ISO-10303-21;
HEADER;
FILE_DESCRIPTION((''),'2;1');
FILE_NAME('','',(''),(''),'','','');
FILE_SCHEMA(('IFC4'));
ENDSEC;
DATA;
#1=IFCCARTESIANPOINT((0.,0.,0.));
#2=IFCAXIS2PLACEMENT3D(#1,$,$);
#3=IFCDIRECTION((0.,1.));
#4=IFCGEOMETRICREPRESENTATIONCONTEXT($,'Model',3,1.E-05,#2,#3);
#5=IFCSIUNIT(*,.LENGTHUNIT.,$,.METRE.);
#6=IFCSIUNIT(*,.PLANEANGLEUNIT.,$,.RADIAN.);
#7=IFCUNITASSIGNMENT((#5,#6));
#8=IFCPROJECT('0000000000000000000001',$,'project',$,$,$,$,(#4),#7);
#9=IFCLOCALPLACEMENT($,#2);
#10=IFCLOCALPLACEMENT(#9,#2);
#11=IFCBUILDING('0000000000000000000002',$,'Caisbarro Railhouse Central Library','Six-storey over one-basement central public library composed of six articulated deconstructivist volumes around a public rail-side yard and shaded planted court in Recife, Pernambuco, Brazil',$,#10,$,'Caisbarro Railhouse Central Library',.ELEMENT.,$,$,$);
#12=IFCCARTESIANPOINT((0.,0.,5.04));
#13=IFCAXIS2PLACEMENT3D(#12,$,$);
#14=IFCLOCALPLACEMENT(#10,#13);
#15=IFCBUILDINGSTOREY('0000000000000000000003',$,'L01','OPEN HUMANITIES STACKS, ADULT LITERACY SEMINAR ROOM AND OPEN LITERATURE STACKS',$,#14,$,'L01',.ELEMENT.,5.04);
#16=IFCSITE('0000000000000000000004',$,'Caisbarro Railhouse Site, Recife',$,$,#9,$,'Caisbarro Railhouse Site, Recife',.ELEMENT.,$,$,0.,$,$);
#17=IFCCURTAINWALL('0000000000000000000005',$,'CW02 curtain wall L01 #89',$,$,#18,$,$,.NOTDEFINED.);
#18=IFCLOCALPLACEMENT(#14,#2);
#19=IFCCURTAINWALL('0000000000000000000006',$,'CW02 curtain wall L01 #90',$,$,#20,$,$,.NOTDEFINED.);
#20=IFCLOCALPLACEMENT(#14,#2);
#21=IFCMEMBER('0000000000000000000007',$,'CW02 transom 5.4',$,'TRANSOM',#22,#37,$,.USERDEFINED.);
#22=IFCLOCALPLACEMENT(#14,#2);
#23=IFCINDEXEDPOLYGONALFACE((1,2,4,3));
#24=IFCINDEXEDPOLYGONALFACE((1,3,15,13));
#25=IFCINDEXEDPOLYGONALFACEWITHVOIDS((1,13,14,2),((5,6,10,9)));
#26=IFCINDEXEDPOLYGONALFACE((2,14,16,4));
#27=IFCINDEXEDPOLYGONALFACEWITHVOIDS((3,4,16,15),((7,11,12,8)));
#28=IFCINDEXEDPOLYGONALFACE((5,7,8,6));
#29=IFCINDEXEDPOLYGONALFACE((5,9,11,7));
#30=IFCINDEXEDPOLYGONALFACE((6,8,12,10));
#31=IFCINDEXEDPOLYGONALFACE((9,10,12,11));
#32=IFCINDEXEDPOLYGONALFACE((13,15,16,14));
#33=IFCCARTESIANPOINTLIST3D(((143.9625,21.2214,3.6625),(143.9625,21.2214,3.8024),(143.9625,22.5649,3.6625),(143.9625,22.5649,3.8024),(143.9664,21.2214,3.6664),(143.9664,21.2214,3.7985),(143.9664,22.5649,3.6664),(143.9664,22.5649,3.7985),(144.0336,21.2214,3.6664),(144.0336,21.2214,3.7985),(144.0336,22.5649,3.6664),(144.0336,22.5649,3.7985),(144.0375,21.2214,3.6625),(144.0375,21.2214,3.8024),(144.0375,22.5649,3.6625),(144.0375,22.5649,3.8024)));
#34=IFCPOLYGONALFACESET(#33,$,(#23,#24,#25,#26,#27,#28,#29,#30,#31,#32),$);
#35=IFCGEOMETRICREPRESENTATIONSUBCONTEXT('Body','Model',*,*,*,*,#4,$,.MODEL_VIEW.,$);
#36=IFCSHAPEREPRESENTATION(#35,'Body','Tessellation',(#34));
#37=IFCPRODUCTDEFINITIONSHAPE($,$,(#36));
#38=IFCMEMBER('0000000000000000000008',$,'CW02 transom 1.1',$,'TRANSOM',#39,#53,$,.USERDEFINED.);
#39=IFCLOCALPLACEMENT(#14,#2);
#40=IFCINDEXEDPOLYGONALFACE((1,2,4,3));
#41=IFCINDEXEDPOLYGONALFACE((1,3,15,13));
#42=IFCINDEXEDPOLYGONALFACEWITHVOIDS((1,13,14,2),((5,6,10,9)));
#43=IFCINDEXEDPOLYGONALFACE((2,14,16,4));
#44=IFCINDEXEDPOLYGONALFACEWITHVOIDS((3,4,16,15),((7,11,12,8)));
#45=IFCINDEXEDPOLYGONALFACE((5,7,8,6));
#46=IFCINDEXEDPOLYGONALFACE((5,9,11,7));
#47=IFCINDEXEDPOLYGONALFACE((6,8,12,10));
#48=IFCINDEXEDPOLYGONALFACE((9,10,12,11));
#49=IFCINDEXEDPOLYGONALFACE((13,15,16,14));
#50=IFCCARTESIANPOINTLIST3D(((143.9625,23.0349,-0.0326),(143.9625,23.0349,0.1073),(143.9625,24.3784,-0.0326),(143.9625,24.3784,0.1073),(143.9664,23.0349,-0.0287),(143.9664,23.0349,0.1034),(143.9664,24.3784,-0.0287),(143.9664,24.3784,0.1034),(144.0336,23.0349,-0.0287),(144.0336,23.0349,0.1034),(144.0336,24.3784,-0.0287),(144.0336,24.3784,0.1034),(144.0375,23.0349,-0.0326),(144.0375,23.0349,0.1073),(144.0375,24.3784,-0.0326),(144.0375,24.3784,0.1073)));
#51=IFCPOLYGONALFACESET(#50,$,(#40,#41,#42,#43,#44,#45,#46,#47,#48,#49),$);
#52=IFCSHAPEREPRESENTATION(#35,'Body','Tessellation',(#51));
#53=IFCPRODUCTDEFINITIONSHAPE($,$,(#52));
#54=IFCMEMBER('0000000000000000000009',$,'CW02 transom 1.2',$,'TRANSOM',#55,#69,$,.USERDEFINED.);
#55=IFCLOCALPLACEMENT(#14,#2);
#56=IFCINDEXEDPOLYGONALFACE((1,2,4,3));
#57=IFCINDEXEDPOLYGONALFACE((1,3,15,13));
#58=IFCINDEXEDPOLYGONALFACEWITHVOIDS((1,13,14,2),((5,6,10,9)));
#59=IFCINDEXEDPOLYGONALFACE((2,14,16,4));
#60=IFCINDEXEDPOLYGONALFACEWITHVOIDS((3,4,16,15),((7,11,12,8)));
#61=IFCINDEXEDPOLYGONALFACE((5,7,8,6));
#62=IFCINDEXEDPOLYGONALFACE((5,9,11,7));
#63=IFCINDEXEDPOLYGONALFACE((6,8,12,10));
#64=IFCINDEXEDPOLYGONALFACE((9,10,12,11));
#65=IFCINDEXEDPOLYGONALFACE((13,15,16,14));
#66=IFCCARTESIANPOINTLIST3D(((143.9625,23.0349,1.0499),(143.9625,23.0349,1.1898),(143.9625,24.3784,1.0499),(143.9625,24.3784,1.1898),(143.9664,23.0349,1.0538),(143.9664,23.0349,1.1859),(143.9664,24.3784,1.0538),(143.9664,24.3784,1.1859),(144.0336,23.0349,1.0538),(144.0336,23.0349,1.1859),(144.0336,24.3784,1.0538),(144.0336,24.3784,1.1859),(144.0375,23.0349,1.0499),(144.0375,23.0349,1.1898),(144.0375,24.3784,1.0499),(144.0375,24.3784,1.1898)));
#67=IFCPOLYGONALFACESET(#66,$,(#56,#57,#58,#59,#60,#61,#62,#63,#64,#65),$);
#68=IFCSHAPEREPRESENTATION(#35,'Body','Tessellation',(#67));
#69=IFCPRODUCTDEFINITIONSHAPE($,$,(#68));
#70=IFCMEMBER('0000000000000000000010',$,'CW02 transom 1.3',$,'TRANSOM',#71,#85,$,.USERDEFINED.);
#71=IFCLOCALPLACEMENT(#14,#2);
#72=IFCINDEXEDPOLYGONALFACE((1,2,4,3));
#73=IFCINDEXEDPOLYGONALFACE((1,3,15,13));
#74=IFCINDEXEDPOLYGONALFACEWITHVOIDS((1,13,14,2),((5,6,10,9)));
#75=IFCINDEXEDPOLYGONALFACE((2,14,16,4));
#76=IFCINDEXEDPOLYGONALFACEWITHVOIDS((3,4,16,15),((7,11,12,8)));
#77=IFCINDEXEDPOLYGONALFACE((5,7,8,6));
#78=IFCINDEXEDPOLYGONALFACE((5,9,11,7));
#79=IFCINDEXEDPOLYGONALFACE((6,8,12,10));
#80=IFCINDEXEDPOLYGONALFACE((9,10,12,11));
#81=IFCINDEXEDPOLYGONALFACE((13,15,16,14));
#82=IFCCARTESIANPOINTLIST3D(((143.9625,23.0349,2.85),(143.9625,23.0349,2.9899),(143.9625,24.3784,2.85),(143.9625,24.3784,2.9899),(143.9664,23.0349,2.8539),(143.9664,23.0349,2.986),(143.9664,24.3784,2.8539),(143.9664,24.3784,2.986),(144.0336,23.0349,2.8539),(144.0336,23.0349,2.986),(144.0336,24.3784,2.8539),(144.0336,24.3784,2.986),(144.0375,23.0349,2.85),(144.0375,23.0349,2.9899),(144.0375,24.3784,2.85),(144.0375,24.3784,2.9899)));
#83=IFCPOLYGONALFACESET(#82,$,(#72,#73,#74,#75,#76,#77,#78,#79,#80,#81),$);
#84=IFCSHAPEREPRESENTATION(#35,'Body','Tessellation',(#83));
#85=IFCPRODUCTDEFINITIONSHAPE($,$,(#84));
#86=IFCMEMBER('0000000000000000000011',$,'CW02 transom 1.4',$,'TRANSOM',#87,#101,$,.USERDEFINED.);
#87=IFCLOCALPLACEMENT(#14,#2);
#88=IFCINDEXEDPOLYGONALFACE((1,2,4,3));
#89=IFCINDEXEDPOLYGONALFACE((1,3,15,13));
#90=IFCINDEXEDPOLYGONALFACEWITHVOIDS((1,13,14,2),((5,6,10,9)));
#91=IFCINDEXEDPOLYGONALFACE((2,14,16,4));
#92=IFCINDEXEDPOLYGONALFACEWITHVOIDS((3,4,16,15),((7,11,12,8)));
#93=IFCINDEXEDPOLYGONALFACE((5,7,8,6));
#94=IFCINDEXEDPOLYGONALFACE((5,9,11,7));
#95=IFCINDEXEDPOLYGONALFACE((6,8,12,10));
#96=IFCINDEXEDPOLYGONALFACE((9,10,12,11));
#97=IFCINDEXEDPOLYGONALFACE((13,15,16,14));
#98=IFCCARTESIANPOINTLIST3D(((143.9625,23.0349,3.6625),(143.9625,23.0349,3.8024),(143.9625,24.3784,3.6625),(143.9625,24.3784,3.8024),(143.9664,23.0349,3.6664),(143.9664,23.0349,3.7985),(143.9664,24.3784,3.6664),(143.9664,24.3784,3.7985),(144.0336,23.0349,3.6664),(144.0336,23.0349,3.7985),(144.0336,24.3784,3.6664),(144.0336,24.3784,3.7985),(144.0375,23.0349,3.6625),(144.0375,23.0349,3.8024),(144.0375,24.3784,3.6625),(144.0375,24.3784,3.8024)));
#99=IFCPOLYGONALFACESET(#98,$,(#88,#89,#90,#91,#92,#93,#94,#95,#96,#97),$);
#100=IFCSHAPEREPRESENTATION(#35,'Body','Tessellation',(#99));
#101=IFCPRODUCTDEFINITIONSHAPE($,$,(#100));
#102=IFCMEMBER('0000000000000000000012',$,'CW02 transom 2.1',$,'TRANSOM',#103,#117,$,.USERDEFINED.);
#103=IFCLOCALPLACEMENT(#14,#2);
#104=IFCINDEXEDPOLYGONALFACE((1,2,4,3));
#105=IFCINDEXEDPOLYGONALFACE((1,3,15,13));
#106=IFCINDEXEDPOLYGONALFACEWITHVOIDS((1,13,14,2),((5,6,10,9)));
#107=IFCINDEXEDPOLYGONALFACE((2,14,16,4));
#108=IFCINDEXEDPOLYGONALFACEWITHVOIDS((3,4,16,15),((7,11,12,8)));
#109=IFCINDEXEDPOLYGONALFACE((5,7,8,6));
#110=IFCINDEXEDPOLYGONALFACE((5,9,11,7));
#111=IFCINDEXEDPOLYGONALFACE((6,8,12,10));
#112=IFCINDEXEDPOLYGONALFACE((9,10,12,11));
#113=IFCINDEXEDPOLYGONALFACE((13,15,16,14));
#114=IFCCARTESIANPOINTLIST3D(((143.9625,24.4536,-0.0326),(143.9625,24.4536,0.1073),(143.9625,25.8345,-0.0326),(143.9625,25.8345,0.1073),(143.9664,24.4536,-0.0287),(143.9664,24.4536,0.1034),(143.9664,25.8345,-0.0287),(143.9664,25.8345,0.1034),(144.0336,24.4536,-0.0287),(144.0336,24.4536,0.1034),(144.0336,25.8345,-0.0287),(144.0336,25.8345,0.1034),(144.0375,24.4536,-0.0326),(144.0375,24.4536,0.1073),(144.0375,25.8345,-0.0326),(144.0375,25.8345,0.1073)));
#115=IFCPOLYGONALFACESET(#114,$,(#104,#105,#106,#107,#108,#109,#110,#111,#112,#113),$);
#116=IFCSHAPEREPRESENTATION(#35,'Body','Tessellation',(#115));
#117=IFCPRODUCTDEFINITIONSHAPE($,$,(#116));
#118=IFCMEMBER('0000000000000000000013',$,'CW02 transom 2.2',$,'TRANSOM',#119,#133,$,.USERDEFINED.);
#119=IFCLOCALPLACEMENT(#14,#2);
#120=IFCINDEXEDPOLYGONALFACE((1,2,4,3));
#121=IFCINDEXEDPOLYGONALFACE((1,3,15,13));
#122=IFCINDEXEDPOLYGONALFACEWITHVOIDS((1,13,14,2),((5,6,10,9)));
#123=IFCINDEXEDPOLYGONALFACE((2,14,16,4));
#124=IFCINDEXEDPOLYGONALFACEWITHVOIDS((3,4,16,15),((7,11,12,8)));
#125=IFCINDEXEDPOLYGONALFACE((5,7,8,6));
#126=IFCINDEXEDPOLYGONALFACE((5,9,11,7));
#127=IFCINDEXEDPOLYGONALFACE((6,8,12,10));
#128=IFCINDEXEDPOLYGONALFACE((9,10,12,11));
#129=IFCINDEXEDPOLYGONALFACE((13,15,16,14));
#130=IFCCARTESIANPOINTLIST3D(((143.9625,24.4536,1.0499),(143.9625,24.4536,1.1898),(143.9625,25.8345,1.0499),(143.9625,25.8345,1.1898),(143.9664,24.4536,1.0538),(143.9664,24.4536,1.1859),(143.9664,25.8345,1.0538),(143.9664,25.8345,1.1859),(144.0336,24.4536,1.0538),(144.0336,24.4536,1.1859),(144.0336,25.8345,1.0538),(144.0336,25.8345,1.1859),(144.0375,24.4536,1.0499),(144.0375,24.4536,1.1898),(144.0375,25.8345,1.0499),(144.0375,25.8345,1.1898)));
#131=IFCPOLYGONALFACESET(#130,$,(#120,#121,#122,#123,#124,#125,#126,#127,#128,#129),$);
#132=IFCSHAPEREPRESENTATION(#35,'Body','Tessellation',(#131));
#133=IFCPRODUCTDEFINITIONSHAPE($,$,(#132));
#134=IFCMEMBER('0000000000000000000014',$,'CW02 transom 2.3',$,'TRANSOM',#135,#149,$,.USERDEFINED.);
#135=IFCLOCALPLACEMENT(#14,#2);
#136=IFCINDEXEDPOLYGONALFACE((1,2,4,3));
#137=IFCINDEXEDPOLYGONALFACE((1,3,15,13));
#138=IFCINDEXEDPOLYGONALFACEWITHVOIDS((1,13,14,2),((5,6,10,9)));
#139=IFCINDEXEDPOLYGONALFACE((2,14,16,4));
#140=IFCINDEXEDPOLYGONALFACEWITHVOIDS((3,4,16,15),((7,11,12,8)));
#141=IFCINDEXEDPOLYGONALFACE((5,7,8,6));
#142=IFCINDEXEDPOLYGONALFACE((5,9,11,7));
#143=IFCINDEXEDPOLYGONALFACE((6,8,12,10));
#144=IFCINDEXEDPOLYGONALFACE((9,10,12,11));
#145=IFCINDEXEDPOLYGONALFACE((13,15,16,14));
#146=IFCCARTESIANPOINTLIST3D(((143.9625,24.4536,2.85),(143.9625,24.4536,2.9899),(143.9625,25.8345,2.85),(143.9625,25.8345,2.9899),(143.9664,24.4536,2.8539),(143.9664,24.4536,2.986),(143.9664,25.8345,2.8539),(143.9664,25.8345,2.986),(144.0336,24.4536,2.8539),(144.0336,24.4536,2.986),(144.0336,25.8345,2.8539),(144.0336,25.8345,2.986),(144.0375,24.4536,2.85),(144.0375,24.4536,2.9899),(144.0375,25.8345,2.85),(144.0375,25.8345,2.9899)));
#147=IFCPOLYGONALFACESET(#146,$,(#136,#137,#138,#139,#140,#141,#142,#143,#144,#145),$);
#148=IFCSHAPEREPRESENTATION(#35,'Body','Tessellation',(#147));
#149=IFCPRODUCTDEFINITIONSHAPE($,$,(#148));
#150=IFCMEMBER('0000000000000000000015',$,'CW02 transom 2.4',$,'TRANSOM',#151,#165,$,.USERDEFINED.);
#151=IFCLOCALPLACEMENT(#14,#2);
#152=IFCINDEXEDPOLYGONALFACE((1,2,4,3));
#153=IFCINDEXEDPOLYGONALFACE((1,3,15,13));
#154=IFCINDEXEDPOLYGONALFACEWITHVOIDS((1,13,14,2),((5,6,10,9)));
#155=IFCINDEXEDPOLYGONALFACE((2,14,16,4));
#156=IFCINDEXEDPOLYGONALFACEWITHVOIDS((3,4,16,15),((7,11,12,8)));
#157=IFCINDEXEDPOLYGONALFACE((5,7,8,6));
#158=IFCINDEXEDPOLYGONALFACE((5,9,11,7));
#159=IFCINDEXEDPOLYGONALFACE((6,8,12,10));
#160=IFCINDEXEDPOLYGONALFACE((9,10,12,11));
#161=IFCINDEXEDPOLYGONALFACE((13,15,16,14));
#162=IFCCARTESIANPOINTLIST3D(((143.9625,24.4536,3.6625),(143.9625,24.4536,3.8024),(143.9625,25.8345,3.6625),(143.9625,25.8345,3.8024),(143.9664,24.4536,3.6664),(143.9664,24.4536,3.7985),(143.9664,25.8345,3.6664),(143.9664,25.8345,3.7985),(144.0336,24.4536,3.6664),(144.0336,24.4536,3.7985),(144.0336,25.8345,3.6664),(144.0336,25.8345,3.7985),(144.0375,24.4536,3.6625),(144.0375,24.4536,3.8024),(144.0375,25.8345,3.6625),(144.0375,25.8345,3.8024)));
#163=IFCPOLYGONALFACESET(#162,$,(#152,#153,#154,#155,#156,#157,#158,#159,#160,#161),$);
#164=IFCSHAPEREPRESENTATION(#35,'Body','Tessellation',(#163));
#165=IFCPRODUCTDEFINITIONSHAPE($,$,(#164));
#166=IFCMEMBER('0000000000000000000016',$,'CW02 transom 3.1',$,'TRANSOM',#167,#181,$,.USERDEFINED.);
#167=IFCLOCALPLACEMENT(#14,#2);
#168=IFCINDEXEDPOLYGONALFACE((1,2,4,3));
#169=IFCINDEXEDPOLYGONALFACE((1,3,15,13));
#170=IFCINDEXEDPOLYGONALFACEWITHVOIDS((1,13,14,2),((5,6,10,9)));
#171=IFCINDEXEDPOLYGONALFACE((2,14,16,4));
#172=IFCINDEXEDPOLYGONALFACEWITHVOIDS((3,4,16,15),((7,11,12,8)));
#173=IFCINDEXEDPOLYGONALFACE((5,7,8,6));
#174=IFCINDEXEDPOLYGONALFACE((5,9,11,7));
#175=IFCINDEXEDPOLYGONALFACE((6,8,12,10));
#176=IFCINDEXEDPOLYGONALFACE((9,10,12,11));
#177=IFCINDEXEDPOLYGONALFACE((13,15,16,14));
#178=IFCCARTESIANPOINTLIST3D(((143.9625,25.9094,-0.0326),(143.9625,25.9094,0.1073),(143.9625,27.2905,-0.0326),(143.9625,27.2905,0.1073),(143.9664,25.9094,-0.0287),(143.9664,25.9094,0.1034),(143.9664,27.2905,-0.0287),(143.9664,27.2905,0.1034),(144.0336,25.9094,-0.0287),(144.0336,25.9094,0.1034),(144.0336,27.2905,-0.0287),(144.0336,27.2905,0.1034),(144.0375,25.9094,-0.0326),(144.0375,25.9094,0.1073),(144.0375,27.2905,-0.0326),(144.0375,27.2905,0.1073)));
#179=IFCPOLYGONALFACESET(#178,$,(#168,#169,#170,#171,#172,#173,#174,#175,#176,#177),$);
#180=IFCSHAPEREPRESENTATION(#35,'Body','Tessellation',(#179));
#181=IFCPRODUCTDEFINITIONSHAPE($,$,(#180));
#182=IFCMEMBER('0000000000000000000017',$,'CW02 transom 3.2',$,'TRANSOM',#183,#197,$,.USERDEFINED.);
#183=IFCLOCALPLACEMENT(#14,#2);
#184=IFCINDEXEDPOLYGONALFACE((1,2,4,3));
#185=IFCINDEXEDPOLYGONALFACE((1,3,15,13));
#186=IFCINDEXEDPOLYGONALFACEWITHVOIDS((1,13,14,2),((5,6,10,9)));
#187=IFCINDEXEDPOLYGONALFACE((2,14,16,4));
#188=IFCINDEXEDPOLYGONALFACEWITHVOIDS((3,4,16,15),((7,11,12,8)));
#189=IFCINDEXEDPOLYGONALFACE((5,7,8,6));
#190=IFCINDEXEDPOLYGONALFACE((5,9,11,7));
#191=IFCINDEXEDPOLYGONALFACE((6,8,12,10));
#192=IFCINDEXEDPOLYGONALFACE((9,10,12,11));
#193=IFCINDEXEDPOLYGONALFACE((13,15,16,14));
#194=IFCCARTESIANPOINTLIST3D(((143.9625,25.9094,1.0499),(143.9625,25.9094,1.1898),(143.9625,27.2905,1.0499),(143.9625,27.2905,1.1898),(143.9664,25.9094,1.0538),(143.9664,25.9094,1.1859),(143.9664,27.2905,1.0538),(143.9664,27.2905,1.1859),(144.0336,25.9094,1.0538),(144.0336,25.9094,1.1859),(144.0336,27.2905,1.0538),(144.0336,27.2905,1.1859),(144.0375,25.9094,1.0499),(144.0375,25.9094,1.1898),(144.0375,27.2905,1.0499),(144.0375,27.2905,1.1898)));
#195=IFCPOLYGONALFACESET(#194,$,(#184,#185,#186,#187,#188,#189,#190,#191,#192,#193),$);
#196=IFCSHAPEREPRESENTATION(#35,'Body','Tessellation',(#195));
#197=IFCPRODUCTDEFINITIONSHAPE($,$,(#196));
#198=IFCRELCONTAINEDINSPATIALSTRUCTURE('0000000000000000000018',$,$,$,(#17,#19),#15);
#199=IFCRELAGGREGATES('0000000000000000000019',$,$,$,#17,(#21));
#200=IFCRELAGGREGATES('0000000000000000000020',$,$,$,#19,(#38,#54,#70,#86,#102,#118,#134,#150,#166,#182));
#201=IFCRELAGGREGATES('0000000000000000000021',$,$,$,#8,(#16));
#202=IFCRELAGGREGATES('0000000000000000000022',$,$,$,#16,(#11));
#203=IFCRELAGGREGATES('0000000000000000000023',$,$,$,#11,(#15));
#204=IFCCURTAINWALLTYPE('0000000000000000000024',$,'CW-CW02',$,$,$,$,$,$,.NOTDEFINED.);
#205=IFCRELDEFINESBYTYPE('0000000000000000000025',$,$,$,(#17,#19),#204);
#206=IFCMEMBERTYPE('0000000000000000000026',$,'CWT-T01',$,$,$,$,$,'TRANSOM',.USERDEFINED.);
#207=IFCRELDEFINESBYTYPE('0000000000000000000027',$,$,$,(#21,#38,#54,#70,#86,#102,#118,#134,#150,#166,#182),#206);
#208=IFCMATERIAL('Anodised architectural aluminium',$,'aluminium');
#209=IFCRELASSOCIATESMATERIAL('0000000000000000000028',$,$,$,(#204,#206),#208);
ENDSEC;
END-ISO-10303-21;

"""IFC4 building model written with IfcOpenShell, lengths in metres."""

from ifc_helpers import new_model, si_unit, direction, frame, origin, origin_2d, place, context, subcontext, project, spatial, hollow_rectangle, extrude, material, material_profile, profile_set, type_object, element, aggregate, save


model = new_model("IFC4")

# Units and contexts
model_context = context("Model", 3, precision=1e-05, world=origin(), true_north=direction((0.0, 1.0)))
body_context = subcontext(model_context, "Body", "Model", "MODEL_VIEW")
ifc_project = project(units=[si_unit("LENGTHUNIT", "METRE"), si_unit("PLANEANGLEUNIT", "RADIAN")], contexts=[model_context])

# Site, building, storey
site_placement = place(None, origin())
site = spatial("IfcSite", under=ifc_project, at=site_placement, Name="Caisbarro Railhouse Site, Recife", LongName="Caisbarro Railhouse Site, Recife", CompositionType="ELEMENT", RefElevation=0.0)
building_placement = place(site_placement, origin())
building = spatial("IfcBuilding", under=site, at=building_placement, Name="Caisbarro Railhouse Central Library", Description="Six-storey over one-basement central public library composed of six articulated deconstructivist volumes around a public rail-side yard and shaded planted court in Recife, Pernambuco, Brazil", LongName="Caisbarro Railhouse Central Library", CompositionType="ELEMENT")
storey_placement = place(building_placement, frame((0.0, 0.0, 5.04)))
storey = spatial("IfcBuildingStorey", under=building, at=storey_placement, Name="L01", Description="OPEN HUMANITIES STACKS, ADULT LITERACY SEMINAR ROOM AND OPEN LITERATURE STACKS", LongName="L01", CompositionType="ELEMENT", Elevation=5.04)

# Curtain wall
ifc_material_1 = material(Name="Anodised architectural aluminium", Category="aluminium")
curtain_wall_type = type_object("IfcCurtainWallType", Name="CW-CW02", PredefinedType="NOTDEFINED", material=ifc_material_1)
curtain_wall_1_placement = place(storey_placement, origin())
curtain_wall_1 = element("IfcCurtainWall", 1, at=curtain_wall_1_placement, inside=storey, type_object=curtain_wall_type, Name="CW02 curtain wall L01 #89", PredefinedType="NOTDEFINED")

# Curtain wall
curtain_wall_2_placement = place(storey_placement, origin())
curtain_wall_2 = element("IfcCurtainWall", 2, at=curtain_wall_2_placement, inside=storey, type_object=curtain_wall_type, Name="CW02 curtain wall L01 #90", PredefinedType="NOTDEFINED")

# Members
ifc_material_profile_1 = material_profile(ifc_material_1, hollow_rectangle(XDim=0.075, YDim=0.1399, WallThickness=0.0039, at=origin_2d()), Name="ALU-TRN-75X140")
ifc_profile_set_1 = profile_set([ifc_material_profile_1], Name="Anodised architectural aluminium")
member_type_1 = type_object("IfcMemberType", Name="CWT-T01", ElementType="TRANSOM", PredefinedType="USERDEFINED", material=ifc_profile_set_1)
member_1_placement = place(storey_placement, frame((144.0, 21.2214, 3.7324), z_axis=(0.0, 1.0, 0.0), x_axis=(-1.0, 0.0, 0.0)))
member_1 = element("IfcMember", 3, at=member_1_placement, type_object=member_type_1, Name="CW02 transom 5.4", ObjectType="TRANSOM", PredefinedType="USERDEFINED", context=body_context, shape_type="SweptSolid", body=[
    extrude(hollow_rectangle(XDim=0.075, YDim=0.1399, WallThickness=0.0039, at=origin_2d()), origin(), (0.0, 0.0, 1.0), 1.3435),
])
member_2_placement = place(storey_placement, frame((144.0, 23.0349, 0.0374), z_axis=(0.0, 1.0, 0.0), x_axis=(-1.0, 0.0, 0.0)))
member_2 = element("IfcMember", 4, at=member_2_placement, type_object=member_type_1, Name="CW02 transom 1.1", ObjectType="TRANSOM", PredefinedType="USERDEFINED", context=body_context, shape_type="SweptSolid", body=[
    extrude(hollow_rectangle(XDim=0.075, YDim=0.1399, WallThickness=0.0039, at=origin_2d()), origin(), (0.0, 0.0, 1.0), 1.3435),
])
member_3_placement = place(storey_placement, frame((144.0, 23.0349, 1.1199), z_axis=(0.0, 1.0, 0.0), x_axis=(-1.0, 0.0, 0.0)))
member_3 = element("IfcMember", 5, at=member_3_placement, type_object=member_type_1, Name="CW02 transom 1.2", ObjectType="TRANSOM", PredefinedType="USERDEFINED", context=body_context, shape_type="SweptSolid", body=[
    extrude(hollow_rectangle(XDim=0.075, YDim=0.1399, WallThickness=0.0039, at=origin_2d()), origin(), (0.0, 0.0, 1.0), 1.3435),
])
member_4_placement = place(storey_placement, frame((144.0, 23.0349, 2.9199), z_axis=(0.0, 1.0, 0.0), x_axis=(-1.0, 0.0, 0.0)))
member_4 = element("IfcMember", 6, at=member_4_placement, type_object=member_type_1, Name="CW02 transom 1.3", ObjectType="TRANSOM", PredefinedType="USERDEFINED", context=body_context, shape_type="SweptSolid", body=[
    extrude(hollow_rectangle(XDim=0.075, YDim=0.1399, WallThickness=0.0039, at=origin_2d()), origin(), (0.0, 0.0, 1.0), 1.3435),
])
member_5_placement = place(storey_placement, frame((144.0, 23.0349, 3.7324), z_axis=(0.0, 1.0, 0.0), x_axis=(-1.0, 0.0, 0.0)))
member_5 = element("IfcMember", 7, at=member_5_placement, type_object=member_type_1, Name="CW02 transom 1.4", ObjectType="TRANSOM", PredefinedType="USERDEFINED", context=body_context, shape_type="SweptSolid", body=[
    extrude(hollow_rectangle(XDim=0.075, YDim=0.1399, WallThickness=0.0039, at=origin_2d()), origin(), (0.0, 0.0, 1.0), 1.3435),
])
member_6_placement = place(storey_placement, frame((144.0, 24.4536, 0.0374), z_axis=(0.0, 1.0, 0.0), x_axis=(-1.0, 0.0, 0.0)))
member_6 = element("IfcMember", 8, at=member_6_placement, type_object=member_type_1, Name="CW02 transom 2.1", ObjectType="TRANSOM", PredefinedType="USERDEFINED", context=body_context, shape_type="SweptSolid", body=[
    extrude(hollow_rectangle(XDim=0.075, YDim=0.1399, WallThickness=0.0039, at=origin_2d()), origin(), (0.0, 0.0, 1.0), 1.3809),
])
member_7_placement = place(storey_placement, frame((144.0, 24.4536, 1.1199), z_axis=(0.0, 1.0, 0.0), x_axis=(-1.0, 0.0, 0.0)))
member_7 = element("IfcMember", 9, at=member_7_placement, type_object=member_type_1, Name="CW02 transom 2.2", ObjectType="TRANSOM", PredefinedType="USERDEFINED", context=body_context, shape_type="SweptSolid", body=[
    extrude(hollow_rectangle(XDim=0.075, YDim=0.1399, WallThickness=0.0039, at=origin_2d()), origin(), (0.0, 0.0, 1.0), 1.3809),
])
member_8_placement = place(storey_placement, frame((144.0, 24.4536, 2.9199), z_axis=(0.0, 1.0, 0.0), x_axis=(-1.0, 0.0, 0.0)))
member_8 = element("IfcMember", 10, at=member_8_placement, type_object=member_type_1, Name="CW02 transom 2.3", ObjectType="TRANSOM", PredefinedType="USERDEFINED", context=body_context, shape_type="SweptSolid", body=[
    extrude(hollow_rectangle(XDim=0.075, YDim=0.1399, WallThickness=0.0039, at=origin_2d()), origin(), (0.0, 0.0, 1.0), 1.3809),
])
member_9_placement = place(storey_placement, frame((144.0, 24.4536, 3.7324), z_axis=(0.0, 1.0, 0.0), x_axis=(-1.0, 0.0, 0.0)))
member_9 = element("IfcMember", 11, at=member_9_placement, type_object=member_type_1, Name="CW02 transom 2.4", ObjectType="TRANSOM", PredefinedType="USERDEFINED", context=body_context, shape_type="SweptSolid", body=[
    extrude(hollow_rectangle(XDim=0.075, YDim=0.1399, WallThickness=0.0039, at=origin_2d()), origin(), (0.0, 0.0, 1.0), 1.3809),
])
member_10_placement = place(storey_placement, frame((144.0, 25.9094, 0.0374), z_axis=(0.0, 1.0, 0.0), x_axis=(-1.0, 0.0, 0.0)))
member_10 = element("IfcMember", 12, at=member_10_placement, type_object=member_type_1, Name="CW02 transom 3.1", ObjectType="TRANSOM", PredefinedType="USERDEFINED", context=body_context, shape_type="SweptSolid", body=[
    extrude(hollow_rectangle(XDim=0.075, YDim=0.1399, WallThickness=0.0039, at=origin_2d()), origin(), (0.0, 0.0, 1.0), 1.3811),
])
member_11_placement = place(storey_placement, frame((144.0, 25.9094, 1.1199), z_axis=(0.0, 1.0, 0.0), x_axis=(-1.0, 0.0, 0.0)))
member_11 = element("IfcMember", 13, at=member_11_placement, type_object=member_type_1, Name="CW02 transom 3.2", ObjectType="TRANSOM", PredefinedType="USERDEFINED", context=body_context, shape_type="SweptSolid", body=[
    extrude(hollow_rectangle(XDim=0.075, YDim=0.1399, WallThickness=0.0039, at=origin_2d()), origin(), (0.0, 0.0, 1.0), 1.3811),
])

aggregate(curtain_wall_1, [member_1])
aggregate(curtain_wall_2, [member_2, member_3, member_4, member_5, member_6, member_7, member_8, member_9, member_10, member_11])

save(model, "model.ifc")
